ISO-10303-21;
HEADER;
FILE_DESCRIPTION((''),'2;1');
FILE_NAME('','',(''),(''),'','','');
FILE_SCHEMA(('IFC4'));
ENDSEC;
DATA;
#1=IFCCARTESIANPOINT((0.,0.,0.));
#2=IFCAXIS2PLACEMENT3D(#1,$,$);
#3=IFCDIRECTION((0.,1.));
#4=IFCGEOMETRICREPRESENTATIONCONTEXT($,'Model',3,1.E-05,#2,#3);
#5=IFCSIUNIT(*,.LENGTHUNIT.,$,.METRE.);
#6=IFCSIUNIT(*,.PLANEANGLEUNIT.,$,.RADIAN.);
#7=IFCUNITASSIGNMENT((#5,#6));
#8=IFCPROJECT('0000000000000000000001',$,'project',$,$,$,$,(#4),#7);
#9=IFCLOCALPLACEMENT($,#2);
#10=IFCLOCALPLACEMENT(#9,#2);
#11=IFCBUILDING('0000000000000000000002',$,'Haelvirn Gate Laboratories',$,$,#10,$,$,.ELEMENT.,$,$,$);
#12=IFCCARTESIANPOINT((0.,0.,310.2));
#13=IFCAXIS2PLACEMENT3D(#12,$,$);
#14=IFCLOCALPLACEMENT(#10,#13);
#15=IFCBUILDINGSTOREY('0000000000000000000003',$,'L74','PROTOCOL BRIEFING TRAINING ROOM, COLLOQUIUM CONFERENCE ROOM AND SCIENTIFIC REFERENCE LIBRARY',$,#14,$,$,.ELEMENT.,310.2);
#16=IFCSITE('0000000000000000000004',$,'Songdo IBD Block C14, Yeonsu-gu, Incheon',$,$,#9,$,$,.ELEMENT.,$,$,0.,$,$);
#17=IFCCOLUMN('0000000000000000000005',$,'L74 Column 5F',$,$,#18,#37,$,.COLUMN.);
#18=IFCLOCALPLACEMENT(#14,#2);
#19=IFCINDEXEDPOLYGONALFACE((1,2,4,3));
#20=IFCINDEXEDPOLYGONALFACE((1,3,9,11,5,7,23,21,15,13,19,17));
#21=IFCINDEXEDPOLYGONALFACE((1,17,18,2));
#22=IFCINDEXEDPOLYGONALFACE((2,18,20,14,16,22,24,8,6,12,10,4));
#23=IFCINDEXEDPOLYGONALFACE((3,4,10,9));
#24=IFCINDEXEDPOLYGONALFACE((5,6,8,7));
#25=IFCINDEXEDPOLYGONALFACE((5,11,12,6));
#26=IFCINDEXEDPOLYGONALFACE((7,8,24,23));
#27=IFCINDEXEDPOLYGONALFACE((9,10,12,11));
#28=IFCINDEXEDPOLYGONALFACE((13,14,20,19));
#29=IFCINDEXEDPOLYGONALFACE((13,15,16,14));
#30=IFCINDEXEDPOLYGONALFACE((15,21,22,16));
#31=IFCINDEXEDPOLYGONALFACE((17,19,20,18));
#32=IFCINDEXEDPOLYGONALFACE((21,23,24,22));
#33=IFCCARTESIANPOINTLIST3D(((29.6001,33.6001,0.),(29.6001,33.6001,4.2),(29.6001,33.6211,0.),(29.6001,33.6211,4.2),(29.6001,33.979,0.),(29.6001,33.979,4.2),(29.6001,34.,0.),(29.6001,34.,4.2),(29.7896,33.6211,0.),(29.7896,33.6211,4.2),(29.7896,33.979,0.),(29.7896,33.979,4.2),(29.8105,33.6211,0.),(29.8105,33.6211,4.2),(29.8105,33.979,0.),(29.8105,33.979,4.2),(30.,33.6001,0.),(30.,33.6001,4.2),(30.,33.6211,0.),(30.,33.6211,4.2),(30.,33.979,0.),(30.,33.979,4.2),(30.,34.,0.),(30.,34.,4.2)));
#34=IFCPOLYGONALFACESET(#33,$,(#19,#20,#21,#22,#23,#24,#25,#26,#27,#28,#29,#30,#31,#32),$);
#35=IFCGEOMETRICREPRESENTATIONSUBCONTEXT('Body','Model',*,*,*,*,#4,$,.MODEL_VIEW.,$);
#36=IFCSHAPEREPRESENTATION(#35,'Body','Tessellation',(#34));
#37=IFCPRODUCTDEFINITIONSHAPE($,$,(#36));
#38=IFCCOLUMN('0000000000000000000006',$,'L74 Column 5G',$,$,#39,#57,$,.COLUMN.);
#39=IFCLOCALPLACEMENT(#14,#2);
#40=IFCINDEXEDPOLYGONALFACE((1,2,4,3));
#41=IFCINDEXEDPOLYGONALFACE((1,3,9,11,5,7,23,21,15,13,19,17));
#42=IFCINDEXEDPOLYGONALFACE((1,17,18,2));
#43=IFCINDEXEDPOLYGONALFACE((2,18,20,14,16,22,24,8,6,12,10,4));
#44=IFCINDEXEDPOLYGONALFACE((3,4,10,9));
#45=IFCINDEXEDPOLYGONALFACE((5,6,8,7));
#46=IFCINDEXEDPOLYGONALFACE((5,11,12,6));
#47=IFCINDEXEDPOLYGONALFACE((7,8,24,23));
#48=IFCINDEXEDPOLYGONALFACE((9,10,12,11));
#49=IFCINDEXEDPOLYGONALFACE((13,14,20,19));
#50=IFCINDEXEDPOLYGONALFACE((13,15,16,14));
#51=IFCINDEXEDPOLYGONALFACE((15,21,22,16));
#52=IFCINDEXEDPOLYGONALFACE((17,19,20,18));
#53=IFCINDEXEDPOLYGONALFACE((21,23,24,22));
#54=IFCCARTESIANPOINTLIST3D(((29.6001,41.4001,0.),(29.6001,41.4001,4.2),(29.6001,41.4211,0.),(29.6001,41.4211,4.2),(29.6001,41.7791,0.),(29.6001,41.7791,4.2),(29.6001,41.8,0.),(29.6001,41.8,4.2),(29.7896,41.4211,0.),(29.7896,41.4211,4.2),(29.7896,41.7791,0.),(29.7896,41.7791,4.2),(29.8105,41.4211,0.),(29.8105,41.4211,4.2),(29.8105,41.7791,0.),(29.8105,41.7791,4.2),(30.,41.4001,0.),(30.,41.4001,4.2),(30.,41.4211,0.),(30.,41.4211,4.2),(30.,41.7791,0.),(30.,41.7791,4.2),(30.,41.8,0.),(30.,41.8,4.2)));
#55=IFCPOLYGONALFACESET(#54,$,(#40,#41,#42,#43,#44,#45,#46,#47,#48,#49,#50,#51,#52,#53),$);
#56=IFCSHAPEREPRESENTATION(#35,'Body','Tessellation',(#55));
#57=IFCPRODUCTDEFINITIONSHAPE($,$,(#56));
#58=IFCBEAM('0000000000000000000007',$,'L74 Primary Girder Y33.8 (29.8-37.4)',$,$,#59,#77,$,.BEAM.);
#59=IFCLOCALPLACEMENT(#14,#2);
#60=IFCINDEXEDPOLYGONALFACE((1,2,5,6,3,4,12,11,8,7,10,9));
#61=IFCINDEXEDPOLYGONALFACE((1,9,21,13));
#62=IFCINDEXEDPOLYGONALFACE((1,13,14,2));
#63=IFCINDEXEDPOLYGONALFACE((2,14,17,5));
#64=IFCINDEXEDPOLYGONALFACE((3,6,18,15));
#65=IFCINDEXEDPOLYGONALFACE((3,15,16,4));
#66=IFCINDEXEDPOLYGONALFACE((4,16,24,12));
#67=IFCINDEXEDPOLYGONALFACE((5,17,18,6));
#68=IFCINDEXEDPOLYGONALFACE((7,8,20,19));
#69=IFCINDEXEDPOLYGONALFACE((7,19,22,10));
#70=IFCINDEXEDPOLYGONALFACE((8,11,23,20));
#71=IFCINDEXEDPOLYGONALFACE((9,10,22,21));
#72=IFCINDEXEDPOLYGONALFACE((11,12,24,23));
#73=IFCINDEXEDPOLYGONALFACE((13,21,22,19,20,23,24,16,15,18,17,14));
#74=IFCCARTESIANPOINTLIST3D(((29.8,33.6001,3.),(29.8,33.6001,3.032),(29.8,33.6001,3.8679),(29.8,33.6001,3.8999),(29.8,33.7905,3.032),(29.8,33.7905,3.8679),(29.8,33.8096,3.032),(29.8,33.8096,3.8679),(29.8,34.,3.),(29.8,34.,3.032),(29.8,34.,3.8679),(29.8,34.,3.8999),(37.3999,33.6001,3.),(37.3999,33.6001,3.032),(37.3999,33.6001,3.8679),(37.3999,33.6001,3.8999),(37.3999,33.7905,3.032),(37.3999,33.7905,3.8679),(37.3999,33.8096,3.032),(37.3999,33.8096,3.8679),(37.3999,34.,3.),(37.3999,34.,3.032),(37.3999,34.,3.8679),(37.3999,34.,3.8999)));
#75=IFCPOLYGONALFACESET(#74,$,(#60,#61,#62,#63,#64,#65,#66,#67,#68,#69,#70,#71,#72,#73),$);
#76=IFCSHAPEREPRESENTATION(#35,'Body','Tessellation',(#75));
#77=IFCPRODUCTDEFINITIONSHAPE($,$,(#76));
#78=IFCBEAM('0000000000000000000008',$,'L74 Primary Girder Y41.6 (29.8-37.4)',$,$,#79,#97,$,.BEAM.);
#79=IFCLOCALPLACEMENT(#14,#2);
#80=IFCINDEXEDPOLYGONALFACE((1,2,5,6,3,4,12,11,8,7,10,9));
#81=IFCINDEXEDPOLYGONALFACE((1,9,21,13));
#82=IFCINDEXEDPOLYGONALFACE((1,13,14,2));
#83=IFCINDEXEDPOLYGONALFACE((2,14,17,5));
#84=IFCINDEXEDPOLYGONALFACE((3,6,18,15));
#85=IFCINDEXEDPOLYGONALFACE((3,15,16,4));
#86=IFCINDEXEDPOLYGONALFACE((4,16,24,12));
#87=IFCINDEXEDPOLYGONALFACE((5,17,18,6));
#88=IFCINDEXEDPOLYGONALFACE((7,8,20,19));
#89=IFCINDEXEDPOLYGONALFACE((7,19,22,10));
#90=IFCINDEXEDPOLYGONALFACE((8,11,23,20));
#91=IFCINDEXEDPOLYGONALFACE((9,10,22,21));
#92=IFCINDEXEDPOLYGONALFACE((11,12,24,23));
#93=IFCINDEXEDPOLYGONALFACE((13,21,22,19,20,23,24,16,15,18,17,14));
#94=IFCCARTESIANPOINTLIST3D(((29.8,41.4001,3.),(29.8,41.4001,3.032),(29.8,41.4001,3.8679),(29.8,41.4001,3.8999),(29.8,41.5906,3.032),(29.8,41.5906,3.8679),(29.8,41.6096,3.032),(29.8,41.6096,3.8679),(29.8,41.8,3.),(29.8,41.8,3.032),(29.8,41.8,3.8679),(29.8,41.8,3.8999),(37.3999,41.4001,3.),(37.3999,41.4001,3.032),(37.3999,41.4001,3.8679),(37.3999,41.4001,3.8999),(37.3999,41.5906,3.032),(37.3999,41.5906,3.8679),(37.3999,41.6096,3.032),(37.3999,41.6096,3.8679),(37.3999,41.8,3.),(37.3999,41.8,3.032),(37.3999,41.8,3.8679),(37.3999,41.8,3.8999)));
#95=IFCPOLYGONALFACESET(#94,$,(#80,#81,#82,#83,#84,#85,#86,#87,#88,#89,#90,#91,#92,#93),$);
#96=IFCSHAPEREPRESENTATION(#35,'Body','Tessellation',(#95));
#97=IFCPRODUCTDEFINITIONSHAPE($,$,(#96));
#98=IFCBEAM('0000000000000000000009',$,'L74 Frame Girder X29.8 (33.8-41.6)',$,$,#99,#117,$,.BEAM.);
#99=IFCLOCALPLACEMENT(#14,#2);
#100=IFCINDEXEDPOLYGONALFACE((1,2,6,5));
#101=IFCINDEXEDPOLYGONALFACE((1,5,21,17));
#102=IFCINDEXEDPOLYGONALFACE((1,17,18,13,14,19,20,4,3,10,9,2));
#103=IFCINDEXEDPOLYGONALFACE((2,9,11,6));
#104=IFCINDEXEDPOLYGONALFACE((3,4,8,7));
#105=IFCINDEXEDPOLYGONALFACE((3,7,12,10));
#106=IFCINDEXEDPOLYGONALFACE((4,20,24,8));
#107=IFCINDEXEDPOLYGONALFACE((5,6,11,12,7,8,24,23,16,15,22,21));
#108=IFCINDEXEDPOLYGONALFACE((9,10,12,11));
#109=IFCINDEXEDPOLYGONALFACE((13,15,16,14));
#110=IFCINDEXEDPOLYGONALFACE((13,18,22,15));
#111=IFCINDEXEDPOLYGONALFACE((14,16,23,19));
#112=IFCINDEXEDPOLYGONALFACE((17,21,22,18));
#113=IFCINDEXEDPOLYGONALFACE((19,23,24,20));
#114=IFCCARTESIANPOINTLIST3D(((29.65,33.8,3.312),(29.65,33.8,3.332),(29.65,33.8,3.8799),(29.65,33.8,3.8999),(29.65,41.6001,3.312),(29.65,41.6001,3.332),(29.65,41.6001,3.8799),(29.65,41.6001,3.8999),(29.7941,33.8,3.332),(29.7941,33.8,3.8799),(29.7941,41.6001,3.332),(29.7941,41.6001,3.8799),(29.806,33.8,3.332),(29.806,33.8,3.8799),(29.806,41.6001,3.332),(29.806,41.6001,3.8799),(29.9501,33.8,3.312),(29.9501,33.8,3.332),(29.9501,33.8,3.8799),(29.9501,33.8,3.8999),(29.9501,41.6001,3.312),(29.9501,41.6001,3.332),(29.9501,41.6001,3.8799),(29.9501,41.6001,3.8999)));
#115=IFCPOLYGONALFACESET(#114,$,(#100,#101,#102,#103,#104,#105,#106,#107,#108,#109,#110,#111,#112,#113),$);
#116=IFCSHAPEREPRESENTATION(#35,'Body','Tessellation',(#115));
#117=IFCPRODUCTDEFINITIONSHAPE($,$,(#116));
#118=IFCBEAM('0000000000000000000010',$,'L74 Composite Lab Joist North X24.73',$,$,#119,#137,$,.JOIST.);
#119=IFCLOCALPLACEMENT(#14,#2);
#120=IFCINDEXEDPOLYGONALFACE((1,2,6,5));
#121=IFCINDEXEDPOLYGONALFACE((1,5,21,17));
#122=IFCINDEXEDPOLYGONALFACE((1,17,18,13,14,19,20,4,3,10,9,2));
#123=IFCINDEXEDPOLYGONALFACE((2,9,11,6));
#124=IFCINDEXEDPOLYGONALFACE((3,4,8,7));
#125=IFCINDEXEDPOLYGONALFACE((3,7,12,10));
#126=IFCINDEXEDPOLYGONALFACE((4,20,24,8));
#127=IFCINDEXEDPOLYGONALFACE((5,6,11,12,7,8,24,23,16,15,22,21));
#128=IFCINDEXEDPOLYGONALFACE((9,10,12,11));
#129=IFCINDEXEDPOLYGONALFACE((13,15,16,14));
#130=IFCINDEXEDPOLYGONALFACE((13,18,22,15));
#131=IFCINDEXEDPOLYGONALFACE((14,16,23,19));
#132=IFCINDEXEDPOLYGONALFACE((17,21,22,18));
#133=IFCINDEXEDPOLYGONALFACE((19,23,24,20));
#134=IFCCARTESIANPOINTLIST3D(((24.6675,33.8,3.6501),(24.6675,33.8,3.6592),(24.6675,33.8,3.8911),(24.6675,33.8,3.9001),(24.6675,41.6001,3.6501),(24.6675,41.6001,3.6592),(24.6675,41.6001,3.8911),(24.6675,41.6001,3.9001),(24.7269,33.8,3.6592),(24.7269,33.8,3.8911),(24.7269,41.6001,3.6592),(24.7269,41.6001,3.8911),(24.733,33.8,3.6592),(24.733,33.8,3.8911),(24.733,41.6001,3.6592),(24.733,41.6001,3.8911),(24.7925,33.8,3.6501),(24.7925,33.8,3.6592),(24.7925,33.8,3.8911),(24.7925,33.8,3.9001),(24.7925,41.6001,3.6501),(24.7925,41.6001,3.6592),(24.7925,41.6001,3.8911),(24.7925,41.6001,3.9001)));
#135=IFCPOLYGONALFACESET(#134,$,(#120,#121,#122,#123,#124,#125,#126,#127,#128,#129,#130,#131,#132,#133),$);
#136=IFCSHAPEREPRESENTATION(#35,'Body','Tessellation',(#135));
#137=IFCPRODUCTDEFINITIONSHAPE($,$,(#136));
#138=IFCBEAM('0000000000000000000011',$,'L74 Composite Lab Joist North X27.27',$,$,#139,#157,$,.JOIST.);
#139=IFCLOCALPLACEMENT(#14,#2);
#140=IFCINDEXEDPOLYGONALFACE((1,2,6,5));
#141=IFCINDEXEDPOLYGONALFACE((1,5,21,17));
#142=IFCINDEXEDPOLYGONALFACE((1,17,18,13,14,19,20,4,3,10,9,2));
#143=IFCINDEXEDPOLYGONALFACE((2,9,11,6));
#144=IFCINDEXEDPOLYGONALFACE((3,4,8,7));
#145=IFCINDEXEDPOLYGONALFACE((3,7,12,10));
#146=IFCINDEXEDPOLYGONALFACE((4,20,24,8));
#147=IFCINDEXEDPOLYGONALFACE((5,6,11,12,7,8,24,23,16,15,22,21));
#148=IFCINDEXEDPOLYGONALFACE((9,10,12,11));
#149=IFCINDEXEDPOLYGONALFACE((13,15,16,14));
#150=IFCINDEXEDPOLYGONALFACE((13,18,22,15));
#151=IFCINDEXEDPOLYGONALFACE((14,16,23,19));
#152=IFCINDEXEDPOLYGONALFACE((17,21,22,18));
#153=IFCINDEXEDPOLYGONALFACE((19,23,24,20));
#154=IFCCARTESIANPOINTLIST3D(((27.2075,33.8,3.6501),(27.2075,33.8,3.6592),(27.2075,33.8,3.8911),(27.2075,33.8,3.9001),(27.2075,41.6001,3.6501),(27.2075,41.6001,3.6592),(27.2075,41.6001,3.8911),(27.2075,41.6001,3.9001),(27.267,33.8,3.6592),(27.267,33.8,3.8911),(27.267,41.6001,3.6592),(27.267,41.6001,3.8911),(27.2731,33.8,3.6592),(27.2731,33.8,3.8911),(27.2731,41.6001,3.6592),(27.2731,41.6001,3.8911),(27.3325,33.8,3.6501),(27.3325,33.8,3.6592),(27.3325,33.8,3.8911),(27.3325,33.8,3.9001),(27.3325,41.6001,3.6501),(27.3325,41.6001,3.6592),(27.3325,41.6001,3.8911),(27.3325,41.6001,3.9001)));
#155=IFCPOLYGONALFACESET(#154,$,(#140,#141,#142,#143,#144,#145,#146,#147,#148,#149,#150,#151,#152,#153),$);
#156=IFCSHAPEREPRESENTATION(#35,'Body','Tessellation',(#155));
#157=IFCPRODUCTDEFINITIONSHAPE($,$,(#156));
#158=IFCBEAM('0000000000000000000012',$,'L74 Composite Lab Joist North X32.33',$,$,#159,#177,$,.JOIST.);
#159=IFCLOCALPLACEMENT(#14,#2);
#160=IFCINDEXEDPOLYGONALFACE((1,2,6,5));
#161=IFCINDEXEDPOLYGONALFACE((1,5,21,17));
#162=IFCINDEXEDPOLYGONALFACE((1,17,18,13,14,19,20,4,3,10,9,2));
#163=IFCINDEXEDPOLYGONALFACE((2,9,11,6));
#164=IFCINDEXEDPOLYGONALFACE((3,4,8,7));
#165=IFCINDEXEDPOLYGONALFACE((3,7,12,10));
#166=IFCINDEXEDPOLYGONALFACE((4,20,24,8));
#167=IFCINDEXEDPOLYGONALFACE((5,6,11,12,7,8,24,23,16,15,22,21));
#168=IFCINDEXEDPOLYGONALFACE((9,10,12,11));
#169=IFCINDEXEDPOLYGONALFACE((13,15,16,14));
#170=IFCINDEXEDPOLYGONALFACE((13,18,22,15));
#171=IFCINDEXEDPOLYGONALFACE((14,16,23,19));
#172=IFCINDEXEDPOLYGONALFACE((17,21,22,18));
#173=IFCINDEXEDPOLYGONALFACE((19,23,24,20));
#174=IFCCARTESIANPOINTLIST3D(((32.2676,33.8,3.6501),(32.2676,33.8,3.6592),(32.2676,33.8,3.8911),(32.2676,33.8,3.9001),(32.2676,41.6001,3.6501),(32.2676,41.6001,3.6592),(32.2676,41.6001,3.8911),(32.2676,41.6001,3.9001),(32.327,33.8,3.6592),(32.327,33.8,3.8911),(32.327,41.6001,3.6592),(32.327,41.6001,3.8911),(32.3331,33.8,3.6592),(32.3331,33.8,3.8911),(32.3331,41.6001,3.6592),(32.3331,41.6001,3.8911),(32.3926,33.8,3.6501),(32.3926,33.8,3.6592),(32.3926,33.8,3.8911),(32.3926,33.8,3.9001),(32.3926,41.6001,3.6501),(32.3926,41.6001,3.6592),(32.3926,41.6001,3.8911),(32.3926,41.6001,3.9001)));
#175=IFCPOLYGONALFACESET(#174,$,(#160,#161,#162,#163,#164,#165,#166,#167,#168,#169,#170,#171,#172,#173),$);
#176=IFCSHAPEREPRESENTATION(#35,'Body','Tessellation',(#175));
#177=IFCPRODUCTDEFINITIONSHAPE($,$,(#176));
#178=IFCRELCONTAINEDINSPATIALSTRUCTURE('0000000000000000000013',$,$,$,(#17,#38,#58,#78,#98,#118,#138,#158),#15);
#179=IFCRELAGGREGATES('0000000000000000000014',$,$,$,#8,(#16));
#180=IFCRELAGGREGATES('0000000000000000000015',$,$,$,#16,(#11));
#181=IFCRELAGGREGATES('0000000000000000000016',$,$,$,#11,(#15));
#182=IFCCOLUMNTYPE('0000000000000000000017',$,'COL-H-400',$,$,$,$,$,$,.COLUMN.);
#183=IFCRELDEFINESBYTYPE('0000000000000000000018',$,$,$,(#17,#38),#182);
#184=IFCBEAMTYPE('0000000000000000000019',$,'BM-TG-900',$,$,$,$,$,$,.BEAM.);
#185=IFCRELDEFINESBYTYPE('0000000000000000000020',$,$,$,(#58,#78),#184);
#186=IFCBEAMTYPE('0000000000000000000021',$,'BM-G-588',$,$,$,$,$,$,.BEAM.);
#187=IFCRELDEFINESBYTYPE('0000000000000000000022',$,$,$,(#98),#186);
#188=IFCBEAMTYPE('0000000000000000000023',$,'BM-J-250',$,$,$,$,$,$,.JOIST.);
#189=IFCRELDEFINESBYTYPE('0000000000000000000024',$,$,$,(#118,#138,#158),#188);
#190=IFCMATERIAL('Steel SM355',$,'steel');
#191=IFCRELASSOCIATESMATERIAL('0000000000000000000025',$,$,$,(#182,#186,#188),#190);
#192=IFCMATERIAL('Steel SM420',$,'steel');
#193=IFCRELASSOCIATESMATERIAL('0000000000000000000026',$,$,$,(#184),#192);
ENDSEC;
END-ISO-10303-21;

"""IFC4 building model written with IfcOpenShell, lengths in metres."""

from ifc_helpers import new_model, si_unit, direction, frame, origin, origin_2d, place, context, subcontext, project, spatial, i_section, extrude, source, transform, mapped, material, material_profile, profile_set, type_object, type_shapes, element, save


model = new_model("IFC4")

# Units and contexts
model_context = context("Model", 3, precision=1e-05, world=origin(), true_north=direction((0.0, 1.0)))
body_context = subcontext(model_context, "Body", "Model", "MODEL_VIEW")
ifc_project = project(units=[si_unit("LENGTHUNIT", "METRE"), si_unit("PLANEANGLEUNIT", "RADIAN")], contexts=[model_context])

# Site, building, storey
site_placement = place(None, origin())
site = spatial("IfcSite", under=ifc_project, at=site_placement, Name="Songdo IBD Block C14, Yeonsu-gu, Incheon", CompositionType="ELEMENT", RefElevation=0.0)
building_placement = place(site_placement, origin())
building = spatial("IfcBuilding", under=site, at=building_placement, Name="Haelvirn Gate Laboratories", CompositionType="ELEMENT")
storey_placement = place(building_placement, frame((0.0, 0.0, 310.2)))
storey = spatial("IfcBuildingStorey", under=building, at=storey_placement, Name="L74", Description="PROTOCOL BRIEFING TRAINING ROOM, COLLOQUIUM CONFERENCE ROOM AND SCIENTIFIC REFERENCE LIBRARY", CompositionType="ELEMENT", Elevation=310.2)

# Columns
ifc_material_1 = material(Name="Steel SM355", Category="steel")
ifc_material_profile_1 = material_profile(ifc_material_1, i_section(OverallWidth=0.3999, OverallDepth=0.3999, WebThickness=0.021, FlangeThickness=0.021, at=origin_2d()), Name="H-400x400x21x21")
ifc_profile_set_1 = profile_set([ifc_material_profile_1], Name="Steel SM355")
column_type = type_object("IfcColumnType", Name="COL-H-400", PredefinedType="COLUMN", material=ifc_profile_set_1)
shared_shape_1 = source(origin(), body_context, "Body", "SweptSolid", [
    extrude(i_section(OverallWidth=0.3999, OverallDepth=0.3999, WebThickness=0.021, FlangeThickness=0.021, at=origin_2d()), origin(), (0.0, 0.0, 1.0), 4.2),
])
type_shapes(column_type, [shared_shape_1])
for number, where, z_axis, x_axis, name in (
    (1, (29.8, 33.8, 0.0), (0.0, 0.0, 1.0), (1.0, 0.0, 0.0), "L74 Column 5F"),
    (2, (29.8, 41.6001, 0.0), (0.0, 0.0, 1.0), (1.0, 0.0, 0.0), "L74 Column 5G"),
):
    element("IfcColumn", number, at=place(storey_placement, frame(where, z_axis=z_axis, x_axis=x_axis)), inside=storey, type_object=column_type, Name=name, PredefinedType="COLUMN", context=body_context, shape_type="MappedRepresentation", body=[
        mapped(shared_shape_1, transform((0.0, 0.0, 0.0), scale=1.0)),
    ])

# Beams
ifc_material_2 = material(Name="Steel SM420", Category="steel")
ifc_material_profile_2 = material_profile(ifc_material_2, i_section(OverallWidth=0.3999, OverallDepth=0.8999, WebThickness=0.019, FlangeThickness=0.032, at=origin_2d()), Name="H-900x400x19x32")
ifc_profile_set_2 = profile_set([ifc_material_profile_2], Name="Steel SM420")
beam_type_1 = type_object("IfcBeamType", Name="BM-TG-900", PredefinedType="BEAM", material=ifc_profile_set_2)
shared_shape_2 = source(origin(), body_context, "Body", "SweptSolid", [
    extrude(i_section(OverallWidth=0.3999, OverallDepth=0.8999, WebThickness=0.019, FlangeThickness=0.032, at=origin_2d()), origin(), (0.0, 0.0, 1.0), 7.5999),
])
type_shapes(beam_type_1, [shared_shape_2])
for number, where, z_axis, x_axis, name in (
    (3, (29.8, 33.8, 3.45), (1.0, 0.0, 0.0), (0.0, 1.0, 0.0), "L74 Primary Girder Y33.8 (29.8-37.4)"),
    (4, (29.8, 41.6001, 3.45), (1.0, 0.0, 0.0), (0.0, 1.0, 0.0), "L74 Primary Girder Y41.6 (29.8-37.4)"),
):
    element("IfcBeam", number, at=place(storey_placement, frame(where, z_axis=z_axis, x_axis=x_axis)), inside=storey, type_object=beam_type_1, Name=name, PredefinedType="BEAM", context=body_context, shape_type="MappedRepresentation", body=[
        mapped(shared_shape_2, transform((0.0, 0.0, 0.0), scale=1.0)),
    ])
ifc_material_profile_3 = material_profile(ifc_material_1, i_section(OverallWidth=0.3, OverallDepth=0.5879, WebThickness=0.012, FlangeThickness=0.02, at=origin_2d()), Name="H-588x300x12x20")
ifc_profile_set_3 = profile_set([ifc_material_profile_3], Name="Steel SM355")
beam_type_2 = type_object("IfcBeamType", Name="BM-G-588", PredefinedType="BEAM", material=ifc_profile_set_3)
shared_shape_3 = source(origin(), body_context, "Body", "SweptSolid", [
    extrude(i_section(OverallWidth=0.3, OverallDepth=0.5879, WebThickness=0.012, FlangeThickness=0.02, at=origin_2d()), origin(), (0.0, 0.0, 1.0), 7.8),
])
type_shapes(beam_type_2, [shared_shape_3])
beam_placement = place(storey_placement, frame((29.8, 33.8, 3.606), z_axis=(0.0, 1.0, 0.0), x_axis=(-1.0, 0.0, 0.0)))
element("IfcBeam", 5, at=beam_placement, inside=storey, type_object=beam_type_2, Name="L74 Frame Girder X29.8 (33.8-41.6)", PredefinedType="BEAM", context=body_context, shape_type="MappedRepresentation", body=[
    mapped(shared_shape_3, transform((0.0, 0.0, 0.0), scale=1.0)),
])
ifc_material_profile_4 = material_profile(ifc_material_1, i_section(OverallWidth=0.125, OverallDepth=0.25, WebThickness=0.0061, FlangeThickness=0.009, at=origin_2d()), Name="H-250x125x6x9")
ifc_profile_set_4 = profile_set([ifc_material_profile_4], Name="Steel SM355")
beam_type_3 = type_object("IfcBeamType", Name="BM-J-250", PredefinedType="JOIST", material=ifc_profile_set_4)
shared_shape_4 = source(origin(), body_context, "Body", "SweptSolid", [
    extrude(i_section(OverallWidth=0.125, OverallDepth=0.25, WebThickness=0.0061, FlangeThickness=0.009, at=origin_2d()), origin(), (0.0, 0.0, 1.0), 7.8),
])
type_shapes(beam_type_3, [shared_shape_4])
for number, where, z_axis, x_axis, name in (
    (6, (24.73, 33.8, 3.7751), (0.0, 1.0, 0.0), (-1.0, 0.0, 0.0), "L74 Composite Lab Joist North X24.73"),
    (7, (27.27, 33.8, 3.7751), (0.0, 1.0, 0.0), (-1.0, 0.0, 0.0), "L74 Composite Lab Joist North X27.27"),
    (8, (32.3301, 33.8, 3.7751), (0.0, 1.0, 0.0), (-1.0, 0.0, 0.0), "L74 Composite Lab Joist North X32.33"),
):
    element("IfcBeam", number, at=place(storey_placement, frame(where, z_axis=z_axis, x_axis=x_axis)), inside=storey, type_object=beam_type_3, Name=name, PredefinedType="JOIST", context=body_context, shape_type="MappedRepresentation", body=[
        mapped(shared_shape_4, transform((0.0, 0.0, 0.0), scale=1.0)),
    ])

save(model, "model.ifc")
